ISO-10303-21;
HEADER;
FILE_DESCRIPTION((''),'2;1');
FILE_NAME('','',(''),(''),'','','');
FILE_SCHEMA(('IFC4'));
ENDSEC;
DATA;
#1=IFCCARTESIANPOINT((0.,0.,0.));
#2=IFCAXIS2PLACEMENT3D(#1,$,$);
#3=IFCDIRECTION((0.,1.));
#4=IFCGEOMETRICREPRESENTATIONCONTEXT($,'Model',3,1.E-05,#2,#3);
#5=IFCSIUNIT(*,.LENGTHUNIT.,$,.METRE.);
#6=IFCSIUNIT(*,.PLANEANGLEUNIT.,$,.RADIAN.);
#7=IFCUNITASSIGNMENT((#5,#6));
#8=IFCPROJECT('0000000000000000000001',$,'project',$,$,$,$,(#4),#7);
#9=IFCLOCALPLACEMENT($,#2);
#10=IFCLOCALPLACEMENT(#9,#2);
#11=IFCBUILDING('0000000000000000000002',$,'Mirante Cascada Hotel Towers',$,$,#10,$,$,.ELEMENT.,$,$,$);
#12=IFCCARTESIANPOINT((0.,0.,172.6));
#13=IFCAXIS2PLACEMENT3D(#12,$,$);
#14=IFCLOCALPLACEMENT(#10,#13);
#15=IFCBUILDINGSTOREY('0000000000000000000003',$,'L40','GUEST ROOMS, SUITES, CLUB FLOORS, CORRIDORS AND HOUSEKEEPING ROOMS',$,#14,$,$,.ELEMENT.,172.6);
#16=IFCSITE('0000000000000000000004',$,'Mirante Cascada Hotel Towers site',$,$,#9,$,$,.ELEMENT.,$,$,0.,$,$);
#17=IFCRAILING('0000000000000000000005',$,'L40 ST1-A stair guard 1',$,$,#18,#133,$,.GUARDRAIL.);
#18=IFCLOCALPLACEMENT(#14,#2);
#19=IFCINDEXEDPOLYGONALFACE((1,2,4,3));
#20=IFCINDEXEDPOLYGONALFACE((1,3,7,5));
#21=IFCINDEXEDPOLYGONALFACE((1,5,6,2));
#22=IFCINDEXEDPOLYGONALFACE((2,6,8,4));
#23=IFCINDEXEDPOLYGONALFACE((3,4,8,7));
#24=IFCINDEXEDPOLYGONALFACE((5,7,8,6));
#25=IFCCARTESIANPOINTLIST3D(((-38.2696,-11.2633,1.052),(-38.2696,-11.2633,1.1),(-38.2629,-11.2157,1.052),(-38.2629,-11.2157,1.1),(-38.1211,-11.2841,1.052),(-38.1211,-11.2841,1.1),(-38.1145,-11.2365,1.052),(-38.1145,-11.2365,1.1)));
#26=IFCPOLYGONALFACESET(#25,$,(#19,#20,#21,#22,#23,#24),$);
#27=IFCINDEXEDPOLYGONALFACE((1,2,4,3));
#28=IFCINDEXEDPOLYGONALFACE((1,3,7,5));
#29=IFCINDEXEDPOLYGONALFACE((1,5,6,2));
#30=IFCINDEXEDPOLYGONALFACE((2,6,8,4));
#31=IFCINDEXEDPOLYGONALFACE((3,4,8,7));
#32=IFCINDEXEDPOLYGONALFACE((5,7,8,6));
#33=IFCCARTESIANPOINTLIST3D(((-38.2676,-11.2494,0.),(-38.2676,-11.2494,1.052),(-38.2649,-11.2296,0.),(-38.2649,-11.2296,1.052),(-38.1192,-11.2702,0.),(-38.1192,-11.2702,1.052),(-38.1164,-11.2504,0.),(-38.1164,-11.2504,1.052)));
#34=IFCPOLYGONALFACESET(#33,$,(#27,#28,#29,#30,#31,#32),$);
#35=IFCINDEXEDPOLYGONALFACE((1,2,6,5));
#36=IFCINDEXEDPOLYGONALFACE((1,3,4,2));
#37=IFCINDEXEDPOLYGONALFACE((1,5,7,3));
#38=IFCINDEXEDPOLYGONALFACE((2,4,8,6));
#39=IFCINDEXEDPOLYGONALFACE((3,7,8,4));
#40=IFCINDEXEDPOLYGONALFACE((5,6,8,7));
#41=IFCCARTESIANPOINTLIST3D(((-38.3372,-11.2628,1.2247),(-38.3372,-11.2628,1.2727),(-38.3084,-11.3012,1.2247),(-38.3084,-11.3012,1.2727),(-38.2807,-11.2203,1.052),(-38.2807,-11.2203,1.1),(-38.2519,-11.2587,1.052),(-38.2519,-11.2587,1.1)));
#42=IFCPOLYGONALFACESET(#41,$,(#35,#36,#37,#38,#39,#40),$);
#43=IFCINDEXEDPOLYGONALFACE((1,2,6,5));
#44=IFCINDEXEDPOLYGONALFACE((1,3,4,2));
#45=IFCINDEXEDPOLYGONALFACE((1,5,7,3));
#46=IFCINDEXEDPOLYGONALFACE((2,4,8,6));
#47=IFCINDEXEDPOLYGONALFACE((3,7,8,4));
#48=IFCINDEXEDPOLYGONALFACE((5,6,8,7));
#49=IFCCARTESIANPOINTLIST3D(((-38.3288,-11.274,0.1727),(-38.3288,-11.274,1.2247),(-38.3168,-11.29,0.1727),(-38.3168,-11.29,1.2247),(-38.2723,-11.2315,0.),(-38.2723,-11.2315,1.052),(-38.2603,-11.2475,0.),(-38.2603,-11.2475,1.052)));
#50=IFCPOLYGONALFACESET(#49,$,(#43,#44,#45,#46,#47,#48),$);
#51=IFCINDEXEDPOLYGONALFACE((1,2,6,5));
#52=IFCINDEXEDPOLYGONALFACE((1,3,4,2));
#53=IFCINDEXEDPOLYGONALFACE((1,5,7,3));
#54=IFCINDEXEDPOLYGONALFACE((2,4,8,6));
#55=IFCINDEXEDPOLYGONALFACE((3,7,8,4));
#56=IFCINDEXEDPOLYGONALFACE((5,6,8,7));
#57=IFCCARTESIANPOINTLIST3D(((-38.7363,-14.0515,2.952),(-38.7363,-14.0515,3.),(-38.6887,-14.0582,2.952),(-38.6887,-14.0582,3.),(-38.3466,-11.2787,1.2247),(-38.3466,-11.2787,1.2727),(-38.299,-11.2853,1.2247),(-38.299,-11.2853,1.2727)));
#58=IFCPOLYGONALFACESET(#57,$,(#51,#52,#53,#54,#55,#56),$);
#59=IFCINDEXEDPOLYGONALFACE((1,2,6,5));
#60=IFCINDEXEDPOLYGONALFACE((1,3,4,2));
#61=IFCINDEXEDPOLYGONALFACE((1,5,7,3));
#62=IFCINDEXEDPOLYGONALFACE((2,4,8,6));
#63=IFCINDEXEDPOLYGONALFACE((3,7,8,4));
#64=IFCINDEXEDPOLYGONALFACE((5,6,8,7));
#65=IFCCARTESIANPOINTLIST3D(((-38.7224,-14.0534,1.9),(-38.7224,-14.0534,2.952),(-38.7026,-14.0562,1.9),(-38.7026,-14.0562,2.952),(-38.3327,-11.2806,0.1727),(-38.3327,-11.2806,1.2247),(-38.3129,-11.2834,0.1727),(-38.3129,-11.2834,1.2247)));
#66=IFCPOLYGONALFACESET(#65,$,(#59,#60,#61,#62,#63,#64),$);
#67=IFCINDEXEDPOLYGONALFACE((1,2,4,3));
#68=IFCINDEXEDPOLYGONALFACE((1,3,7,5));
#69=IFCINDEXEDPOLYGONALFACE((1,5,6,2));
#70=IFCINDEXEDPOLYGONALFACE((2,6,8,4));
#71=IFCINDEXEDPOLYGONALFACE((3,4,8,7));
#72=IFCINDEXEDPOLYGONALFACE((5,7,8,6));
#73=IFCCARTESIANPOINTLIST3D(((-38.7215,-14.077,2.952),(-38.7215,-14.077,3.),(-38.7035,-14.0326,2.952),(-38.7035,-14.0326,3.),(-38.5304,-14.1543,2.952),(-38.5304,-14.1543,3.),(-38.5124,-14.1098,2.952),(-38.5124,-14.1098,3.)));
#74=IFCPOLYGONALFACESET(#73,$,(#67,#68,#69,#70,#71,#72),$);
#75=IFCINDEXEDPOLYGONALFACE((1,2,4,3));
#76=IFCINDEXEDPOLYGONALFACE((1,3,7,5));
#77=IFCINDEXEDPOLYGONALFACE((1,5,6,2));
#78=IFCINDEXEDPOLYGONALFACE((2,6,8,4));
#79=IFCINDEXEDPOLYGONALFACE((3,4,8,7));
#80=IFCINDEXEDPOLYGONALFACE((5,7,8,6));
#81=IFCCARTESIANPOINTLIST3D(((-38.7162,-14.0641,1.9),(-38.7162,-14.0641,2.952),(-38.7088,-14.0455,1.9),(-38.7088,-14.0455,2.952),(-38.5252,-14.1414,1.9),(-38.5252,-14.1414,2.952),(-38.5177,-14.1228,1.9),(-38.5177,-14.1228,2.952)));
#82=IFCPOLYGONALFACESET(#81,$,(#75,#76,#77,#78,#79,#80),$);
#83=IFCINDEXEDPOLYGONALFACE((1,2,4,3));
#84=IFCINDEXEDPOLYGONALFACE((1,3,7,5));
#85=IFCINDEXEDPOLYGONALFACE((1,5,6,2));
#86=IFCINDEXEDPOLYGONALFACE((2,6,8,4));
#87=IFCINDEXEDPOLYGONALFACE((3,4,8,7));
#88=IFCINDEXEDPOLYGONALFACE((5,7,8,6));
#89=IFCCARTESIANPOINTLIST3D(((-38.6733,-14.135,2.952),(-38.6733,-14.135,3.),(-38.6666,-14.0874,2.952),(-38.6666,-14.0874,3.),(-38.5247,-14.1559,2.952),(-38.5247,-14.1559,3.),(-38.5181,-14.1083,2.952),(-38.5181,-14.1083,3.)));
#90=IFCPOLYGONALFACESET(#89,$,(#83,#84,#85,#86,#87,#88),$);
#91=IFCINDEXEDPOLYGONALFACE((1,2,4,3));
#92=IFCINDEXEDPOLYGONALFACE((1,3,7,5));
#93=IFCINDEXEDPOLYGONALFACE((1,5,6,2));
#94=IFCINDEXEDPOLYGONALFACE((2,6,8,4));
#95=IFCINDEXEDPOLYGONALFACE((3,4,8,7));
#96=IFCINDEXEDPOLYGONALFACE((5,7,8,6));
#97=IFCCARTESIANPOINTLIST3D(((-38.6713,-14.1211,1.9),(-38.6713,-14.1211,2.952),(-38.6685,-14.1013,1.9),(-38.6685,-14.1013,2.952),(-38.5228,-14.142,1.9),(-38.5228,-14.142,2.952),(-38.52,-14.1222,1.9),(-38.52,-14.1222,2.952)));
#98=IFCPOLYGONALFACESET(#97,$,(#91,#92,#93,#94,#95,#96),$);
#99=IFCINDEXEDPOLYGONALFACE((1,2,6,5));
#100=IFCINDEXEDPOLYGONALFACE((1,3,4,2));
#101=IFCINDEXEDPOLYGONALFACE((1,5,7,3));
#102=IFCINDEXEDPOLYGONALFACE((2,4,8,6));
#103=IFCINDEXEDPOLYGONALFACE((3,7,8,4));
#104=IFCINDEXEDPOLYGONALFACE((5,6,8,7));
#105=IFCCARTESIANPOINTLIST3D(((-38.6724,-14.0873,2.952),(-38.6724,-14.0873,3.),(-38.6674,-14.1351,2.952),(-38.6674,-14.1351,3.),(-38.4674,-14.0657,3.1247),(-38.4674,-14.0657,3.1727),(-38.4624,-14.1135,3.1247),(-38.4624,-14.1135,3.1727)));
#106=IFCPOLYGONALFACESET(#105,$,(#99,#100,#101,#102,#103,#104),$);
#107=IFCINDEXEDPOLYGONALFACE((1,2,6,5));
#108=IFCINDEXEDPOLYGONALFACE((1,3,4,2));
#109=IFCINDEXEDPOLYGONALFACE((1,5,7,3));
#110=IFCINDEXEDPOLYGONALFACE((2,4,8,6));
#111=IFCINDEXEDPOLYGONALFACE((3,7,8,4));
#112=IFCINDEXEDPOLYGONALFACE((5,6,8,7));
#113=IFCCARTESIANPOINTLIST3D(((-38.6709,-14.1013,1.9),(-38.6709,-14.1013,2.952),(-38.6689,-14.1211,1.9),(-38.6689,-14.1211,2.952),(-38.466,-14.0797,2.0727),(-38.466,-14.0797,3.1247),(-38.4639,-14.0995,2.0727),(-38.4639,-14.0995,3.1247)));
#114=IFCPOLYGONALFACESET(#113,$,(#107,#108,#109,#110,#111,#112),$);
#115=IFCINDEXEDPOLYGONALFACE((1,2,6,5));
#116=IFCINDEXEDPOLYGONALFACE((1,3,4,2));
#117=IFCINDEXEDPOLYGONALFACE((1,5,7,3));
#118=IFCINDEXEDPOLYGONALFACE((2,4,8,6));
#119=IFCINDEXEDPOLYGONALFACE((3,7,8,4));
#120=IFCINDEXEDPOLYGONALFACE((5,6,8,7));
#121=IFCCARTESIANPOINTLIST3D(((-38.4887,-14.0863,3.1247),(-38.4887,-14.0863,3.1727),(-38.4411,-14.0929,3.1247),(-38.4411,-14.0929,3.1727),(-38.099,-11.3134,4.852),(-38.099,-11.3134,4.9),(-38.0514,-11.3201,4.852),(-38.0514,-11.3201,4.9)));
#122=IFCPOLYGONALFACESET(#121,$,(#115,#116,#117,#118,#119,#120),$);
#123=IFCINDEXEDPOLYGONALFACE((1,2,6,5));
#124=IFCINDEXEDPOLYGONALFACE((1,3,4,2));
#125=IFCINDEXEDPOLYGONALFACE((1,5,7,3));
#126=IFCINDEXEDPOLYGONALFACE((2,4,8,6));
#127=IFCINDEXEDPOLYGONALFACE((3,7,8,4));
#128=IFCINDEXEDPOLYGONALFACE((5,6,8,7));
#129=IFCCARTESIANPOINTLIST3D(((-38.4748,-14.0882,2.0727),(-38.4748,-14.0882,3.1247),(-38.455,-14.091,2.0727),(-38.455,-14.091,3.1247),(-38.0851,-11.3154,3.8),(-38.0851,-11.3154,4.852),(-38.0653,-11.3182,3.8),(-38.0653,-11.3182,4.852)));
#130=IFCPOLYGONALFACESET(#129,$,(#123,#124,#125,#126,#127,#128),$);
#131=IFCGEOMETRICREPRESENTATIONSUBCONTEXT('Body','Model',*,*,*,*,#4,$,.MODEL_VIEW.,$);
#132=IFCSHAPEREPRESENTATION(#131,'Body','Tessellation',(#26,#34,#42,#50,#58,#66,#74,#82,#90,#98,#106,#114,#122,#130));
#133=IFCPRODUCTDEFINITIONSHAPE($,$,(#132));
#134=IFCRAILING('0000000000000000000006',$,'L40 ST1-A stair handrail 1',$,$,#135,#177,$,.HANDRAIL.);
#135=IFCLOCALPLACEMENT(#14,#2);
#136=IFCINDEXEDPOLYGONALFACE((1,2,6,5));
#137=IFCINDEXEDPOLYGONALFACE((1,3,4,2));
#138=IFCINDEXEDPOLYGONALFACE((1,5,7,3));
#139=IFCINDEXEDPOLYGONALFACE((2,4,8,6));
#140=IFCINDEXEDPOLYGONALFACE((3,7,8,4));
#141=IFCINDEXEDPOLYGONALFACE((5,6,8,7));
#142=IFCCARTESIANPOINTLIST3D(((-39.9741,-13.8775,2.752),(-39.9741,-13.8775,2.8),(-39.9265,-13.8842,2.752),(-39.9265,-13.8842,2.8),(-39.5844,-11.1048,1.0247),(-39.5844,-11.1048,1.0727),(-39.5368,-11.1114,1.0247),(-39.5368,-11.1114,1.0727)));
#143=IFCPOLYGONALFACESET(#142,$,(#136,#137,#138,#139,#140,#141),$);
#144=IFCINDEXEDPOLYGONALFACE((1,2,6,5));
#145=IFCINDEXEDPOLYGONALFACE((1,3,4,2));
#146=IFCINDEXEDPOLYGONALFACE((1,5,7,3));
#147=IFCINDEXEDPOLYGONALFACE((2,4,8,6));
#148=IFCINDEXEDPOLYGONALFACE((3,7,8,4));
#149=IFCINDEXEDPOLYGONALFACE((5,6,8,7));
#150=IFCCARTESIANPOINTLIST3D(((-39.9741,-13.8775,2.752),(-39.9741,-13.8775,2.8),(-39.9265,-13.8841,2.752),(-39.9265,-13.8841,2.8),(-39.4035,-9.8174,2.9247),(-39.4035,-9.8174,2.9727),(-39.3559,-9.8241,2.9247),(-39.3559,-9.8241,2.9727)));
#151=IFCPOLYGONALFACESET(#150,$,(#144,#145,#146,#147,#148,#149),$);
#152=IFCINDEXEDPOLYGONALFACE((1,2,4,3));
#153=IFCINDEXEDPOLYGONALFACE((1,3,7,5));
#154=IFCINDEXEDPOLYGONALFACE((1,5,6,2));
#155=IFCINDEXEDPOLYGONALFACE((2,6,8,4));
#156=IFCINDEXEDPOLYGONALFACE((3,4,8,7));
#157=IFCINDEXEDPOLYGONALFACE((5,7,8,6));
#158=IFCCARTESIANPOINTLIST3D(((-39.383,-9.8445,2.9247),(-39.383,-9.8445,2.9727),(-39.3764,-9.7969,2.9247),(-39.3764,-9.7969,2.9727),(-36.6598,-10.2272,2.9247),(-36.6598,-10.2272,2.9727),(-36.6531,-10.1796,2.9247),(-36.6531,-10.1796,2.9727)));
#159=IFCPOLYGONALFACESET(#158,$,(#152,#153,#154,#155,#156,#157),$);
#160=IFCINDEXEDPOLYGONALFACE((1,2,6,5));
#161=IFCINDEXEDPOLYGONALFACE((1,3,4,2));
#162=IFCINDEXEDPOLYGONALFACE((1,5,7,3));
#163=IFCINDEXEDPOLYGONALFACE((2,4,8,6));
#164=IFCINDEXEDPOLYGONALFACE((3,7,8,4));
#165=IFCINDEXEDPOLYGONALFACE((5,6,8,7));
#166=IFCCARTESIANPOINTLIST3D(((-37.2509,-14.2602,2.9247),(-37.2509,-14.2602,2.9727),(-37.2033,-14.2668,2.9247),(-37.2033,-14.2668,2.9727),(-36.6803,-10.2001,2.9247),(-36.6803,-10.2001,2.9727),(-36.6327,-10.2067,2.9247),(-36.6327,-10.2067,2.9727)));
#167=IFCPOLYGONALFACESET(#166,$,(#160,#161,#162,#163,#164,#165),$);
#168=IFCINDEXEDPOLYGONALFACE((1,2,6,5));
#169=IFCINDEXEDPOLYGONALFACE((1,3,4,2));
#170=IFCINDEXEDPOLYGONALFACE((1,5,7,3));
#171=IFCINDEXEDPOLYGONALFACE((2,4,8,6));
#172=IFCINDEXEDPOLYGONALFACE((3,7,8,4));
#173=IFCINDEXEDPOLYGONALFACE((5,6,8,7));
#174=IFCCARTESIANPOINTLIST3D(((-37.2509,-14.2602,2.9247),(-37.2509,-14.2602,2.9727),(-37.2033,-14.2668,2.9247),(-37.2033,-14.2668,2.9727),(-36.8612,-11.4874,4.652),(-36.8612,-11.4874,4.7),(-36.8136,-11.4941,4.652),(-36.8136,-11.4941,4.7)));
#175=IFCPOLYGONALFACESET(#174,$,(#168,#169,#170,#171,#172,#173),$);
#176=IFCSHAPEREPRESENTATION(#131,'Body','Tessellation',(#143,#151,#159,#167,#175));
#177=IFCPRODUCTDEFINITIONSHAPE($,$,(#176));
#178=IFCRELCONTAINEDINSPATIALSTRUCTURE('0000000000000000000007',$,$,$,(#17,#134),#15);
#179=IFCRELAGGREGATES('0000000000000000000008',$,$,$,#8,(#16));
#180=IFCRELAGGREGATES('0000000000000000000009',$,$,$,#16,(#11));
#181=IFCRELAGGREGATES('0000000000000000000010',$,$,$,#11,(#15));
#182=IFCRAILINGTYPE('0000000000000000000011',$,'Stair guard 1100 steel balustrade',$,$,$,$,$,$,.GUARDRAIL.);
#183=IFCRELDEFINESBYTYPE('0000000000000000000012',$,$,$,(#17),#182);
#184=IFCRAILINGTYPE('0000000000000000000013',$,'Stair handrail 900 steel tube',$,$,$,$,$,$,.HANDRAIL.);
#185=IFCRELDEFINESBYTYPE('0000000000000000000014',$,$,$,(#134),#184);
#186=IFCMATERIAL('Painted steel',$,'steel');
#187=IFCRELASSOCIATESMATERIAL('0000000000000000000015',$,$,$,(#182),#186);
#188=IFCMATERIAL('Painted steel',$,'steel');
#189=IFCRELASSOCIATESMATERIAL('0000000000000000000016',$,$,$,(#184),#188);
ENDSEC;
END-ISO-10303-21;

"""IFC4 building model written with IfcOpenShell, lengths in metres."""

from ifc_helpers import new_model, si_unit, direction, frame, origin, origin_2d, place, context, subcontext, project, spatial, rectangle, extrude, material, type_object, element, save


model = new_model("IFC4")

# Units and contexts
model_context = context("Model", 3, precision=1e-05, world=origin(), true_north=direction((0.0, 1.0)))
body_context = subcontext(model_context, "Body", "Model", "MODEL_VIEW")
ifc_project = project(units=[si_unit("LENGTHUNIT", "METRE"), si_unit("PLANEANGLEUNIT", "RADIAN")], contexts=[model_context])

# Site, building, storey
site_placement = place(None, origin())
site = spatial("IfcSite", under=ifc_project, at=site_placement, Name="Mirante Cascada Hotel Towers site", CompositionType="ELEMENT", RefElevation=0.0)
building_placement = place(site_placement, origin())
building = spatial("IfcBuilding", under=site, at=building_placement, Name="Mirante Cascada Hotel Towers", CompositionType="ELEMENT")
storey_placement = place(building_placement, frame((0.0, 0.0, 172.6)))
storey = spatial("IfcBuildingStorey", under=building, at=storey_placement, Name="L40", Description="GUEST ROOMS, SUITES, CLUB FLOORS, CORRIDORS AND HOUSEKEEPING ROOMS", CompositionType="ELEMENT", Elevation=172.6)

# Railings
ifc_material_1 = material(Name="Painted steel", Category="steel")
railing_type_1 = type_object("IfcRailingType", Name="Stair guard 1100 steel balustrade", PredefinedType="GUARDRAIL", material=ifc_material_1)
railing_1_placement = place(storey_placement, frame((-38.1178, -11.2603, 0.0)))
element("IfcRailing", 1, at=railing_1_placement, inside=storey, type_object=railing_type_1, Name="L40 ST1-A stair guard 1", PredefinedType="GUARDRAIL", context=body_context, shape_type="SweptSolid", body=[
    extrude(rectangle(XDim=0.048, YDim=0.048, at=origin_2d()), frame((0.0, 0.0, 1.076), z_axis=(-0.990333, 0.138713, 0.0), x_axis=(-0.138713, -0.990333, 0.0)), (0.0, 0.0, 1.0), 0.1499),
    extrude(rectangle(XDim=0.02, YDim=1.052, at=origin_2d()), frame((0.0, 0.0, 0.526), z_axis=(-0.990333, 0.138713, 0.0), x_axis=(-0.138713, -0.990333, 0.0)), (0.0, 0.0, 1.0), 0.1499),
    extrude(rectangle(XDim=0.048, YDim=0.048, at=origin_2d()), frame((-0.1485, 0.0208, 1.076), z_axis=(-0.79915, -0.601131, 0.0), x_axis=(0.601131, -0.79915, 0.0)), (0.0, 0.925453, 0.378863), 0.1866),
    extrude(rectangle(XDim=0.02, YDim=1.052, at=origin_2d()), frame((-0.1485, 0.0208, 0.526), z_axis=(-0.79915, -0.601131, 0.0), x_axis=(0.601131, -0.79915, 0.0)), (0.0, 0.925453, 0.378863), 0.1866),
    extrude(rectangle(XDim=0.048, YDim=0.048, at=origin_2d()), frame((-0.205, -0.0217, 1.2487), z_axis=(-0.139176, -0.990268, 0.0), x_axis=(0.990268, -0.139176, 0.0)), (0.0, 0.525021, 0.851089), 3.29),
    extrude(rectangle(XDim=0.02, YDim=1.052, at=origin_2d()), frame((-0.205, -0.0217, 0.6987), z_axis=(-0.139176, -0.990268, 0.0), x_axis=(0.990268, -0.139176, 0.0)), (0.0, 0.525021, 0.851089), 3.29),
    extrude(rectangle(XDim=0.048, YDim=0.048, at=origin_2d()), frame((-0.5947, -2.7945, 2.976), z_axis=(0.927031, -0.374984, 0.0), x_axis=(0.374984, 0.927031, 0.0)), (0.0, 0.0, 1.0), 0.2061),
    extrude(rectangle(XDim=0.02, YDim=1.052, at=origin_2d()), frame((-0.5947, -2.7945, 2.426), z_axis=(0.927031, -0.374984, 0.0), x_axis=(0.374984, 0.927031, 0.0)), (0.0, 0.0, 1.0), 0.2061),
    extrude(rectangle(XDim=0.048, YDim=0.048, at=origin_2d()), frame((-0.4036, -2.8718, 2.976), z_axis=(-0.990241, 0.139367, 0.0), x_axis=(-0.139367, -0.990241, 0.0)), (0.0, 0.0, 1.0), 0.15),
    extrude(rectangle(XDim=0.02, YDim=1.052, at=origin_2d()), frame((-0.4036, -2.8718, 2.426), z_axis=(-0.990241, 0.139367, 0.0), x_axis=(-0.139367, -0.990241, 0.0)), (0.0, 0.0, 1.0), 0.15),
    extrude(rectangle(XDim=0.048, YDim=0.048, at=origin_2d()), frame((-0.5521, -2.8509, 2.976), z_axis=(0.994495, 0.104786, 0.0), x_axis=(-0.104786, 0.994495, 0.0)), (0.0, 0.642203, 0.766534), 0.2689),
    extrude(rectangle(XDim=0.02, YDim=1.052, at=origin_2d()), frame((-0.5521, -2.8509, 2.426), z_axis=(0.994495, 0.104786, 0.0), x_axis=(-0.104786, 0.994495, 0.0)), (0.0, 0.642203, 0.766534), 0.2689),
    extrude(rectangle(XDim=0.048, YDim=0.048, at=origin_2d()), frame((-0.3471, -2.8293, 3.1487), z_axis=(0.139176, 0.990268, 0.0), x_axis=(-0.990268, 0.139176, 0.0)), (0.0, 0.525021, 0.851089), 3.29),
    extrude(rectangle(XDim=0.02, YDim=1.052, at=origin_2d()), frame((-0.3471, -2.8293, 2.5987), z_axis=(0.139176, 0.990268, 0.0), x_axis=(-0.990268, 0.139176, 0.0)), (0.0, 0.525021, 0.851089), 3.29),
])
ifc_material_2 = material(Name="Painted steel", Category="steel")
railing_type_2 = type_object("IfcRailingType", Name="Stair handrail 900 steel tube", PredefinedType="HANDRAIL", material=ifc_material_2)
railing_2_placement = place(storey_placement, frame((-39.5606, -11.1081, 0.1727)))
element("IfcRailing", 2, at=railing_2_placement, inside=storey, type_object=railing_type_2, Name="L40 ST1-A stair handrail 1", PredefinedType="HANDRAIL", context=body_context, shape_type="SweptSolid", body=[
    extrude(rectangle(XDim=0.048, YDim=0.048, at=origin_2d()), frame((0.0, 0.0, 0.876), z_axis=(-0.139181, -0.990267, 0.0), x_axis=(0.990267, -0.139181, 0.0)), (0.0, 0.525035, 0.851081), 3.2899),
    extrude(rectangle(XDim=0.048, YDim=0.048, at=origin_2d()), frame((-0.3897, -2.7727, 2.6033), z_axis=(0.139171, 0.990268, 0.0), x_axis=(-0.990268, 0.139171, 0.0)), (0.0, 0.042085, 0.999114), 4.1036),
    extrude(rectangle(XDim=0.048, YDim=0.048, at=origin_2d()), frame((0.1809, 1.2874, 2.776), z_axis=(0.990269, -0.139166, 0.0), x_axis=(0.139166, 0.990269, 0.0)), (0.0, 0.0, 1.0), 2.75),
    extrude(rectangle(XDim=0.048, YDim=0.048, at=origin_2d()), frame((2.9041, 0.9047, 2.776), z_axis=(-0.139171, -0.990268, 0.0), x_axis=(0.990268, -0.139171, 0.0)), (0.0, 0.0, 1.0), 4.1),
    extrude(rectangle(XDim=0.048, YDim=0.048, at=origin_2d()), frame((2.3335, -3.1554, 2.776), z_axis=(0.139181, 0.990267, 0.0), x_axis=(-0.990267, 0.139181, 0.0)), (0.0, 0.525035, 0.851081), 3.2899),
])

save(model, "model.ifc")
